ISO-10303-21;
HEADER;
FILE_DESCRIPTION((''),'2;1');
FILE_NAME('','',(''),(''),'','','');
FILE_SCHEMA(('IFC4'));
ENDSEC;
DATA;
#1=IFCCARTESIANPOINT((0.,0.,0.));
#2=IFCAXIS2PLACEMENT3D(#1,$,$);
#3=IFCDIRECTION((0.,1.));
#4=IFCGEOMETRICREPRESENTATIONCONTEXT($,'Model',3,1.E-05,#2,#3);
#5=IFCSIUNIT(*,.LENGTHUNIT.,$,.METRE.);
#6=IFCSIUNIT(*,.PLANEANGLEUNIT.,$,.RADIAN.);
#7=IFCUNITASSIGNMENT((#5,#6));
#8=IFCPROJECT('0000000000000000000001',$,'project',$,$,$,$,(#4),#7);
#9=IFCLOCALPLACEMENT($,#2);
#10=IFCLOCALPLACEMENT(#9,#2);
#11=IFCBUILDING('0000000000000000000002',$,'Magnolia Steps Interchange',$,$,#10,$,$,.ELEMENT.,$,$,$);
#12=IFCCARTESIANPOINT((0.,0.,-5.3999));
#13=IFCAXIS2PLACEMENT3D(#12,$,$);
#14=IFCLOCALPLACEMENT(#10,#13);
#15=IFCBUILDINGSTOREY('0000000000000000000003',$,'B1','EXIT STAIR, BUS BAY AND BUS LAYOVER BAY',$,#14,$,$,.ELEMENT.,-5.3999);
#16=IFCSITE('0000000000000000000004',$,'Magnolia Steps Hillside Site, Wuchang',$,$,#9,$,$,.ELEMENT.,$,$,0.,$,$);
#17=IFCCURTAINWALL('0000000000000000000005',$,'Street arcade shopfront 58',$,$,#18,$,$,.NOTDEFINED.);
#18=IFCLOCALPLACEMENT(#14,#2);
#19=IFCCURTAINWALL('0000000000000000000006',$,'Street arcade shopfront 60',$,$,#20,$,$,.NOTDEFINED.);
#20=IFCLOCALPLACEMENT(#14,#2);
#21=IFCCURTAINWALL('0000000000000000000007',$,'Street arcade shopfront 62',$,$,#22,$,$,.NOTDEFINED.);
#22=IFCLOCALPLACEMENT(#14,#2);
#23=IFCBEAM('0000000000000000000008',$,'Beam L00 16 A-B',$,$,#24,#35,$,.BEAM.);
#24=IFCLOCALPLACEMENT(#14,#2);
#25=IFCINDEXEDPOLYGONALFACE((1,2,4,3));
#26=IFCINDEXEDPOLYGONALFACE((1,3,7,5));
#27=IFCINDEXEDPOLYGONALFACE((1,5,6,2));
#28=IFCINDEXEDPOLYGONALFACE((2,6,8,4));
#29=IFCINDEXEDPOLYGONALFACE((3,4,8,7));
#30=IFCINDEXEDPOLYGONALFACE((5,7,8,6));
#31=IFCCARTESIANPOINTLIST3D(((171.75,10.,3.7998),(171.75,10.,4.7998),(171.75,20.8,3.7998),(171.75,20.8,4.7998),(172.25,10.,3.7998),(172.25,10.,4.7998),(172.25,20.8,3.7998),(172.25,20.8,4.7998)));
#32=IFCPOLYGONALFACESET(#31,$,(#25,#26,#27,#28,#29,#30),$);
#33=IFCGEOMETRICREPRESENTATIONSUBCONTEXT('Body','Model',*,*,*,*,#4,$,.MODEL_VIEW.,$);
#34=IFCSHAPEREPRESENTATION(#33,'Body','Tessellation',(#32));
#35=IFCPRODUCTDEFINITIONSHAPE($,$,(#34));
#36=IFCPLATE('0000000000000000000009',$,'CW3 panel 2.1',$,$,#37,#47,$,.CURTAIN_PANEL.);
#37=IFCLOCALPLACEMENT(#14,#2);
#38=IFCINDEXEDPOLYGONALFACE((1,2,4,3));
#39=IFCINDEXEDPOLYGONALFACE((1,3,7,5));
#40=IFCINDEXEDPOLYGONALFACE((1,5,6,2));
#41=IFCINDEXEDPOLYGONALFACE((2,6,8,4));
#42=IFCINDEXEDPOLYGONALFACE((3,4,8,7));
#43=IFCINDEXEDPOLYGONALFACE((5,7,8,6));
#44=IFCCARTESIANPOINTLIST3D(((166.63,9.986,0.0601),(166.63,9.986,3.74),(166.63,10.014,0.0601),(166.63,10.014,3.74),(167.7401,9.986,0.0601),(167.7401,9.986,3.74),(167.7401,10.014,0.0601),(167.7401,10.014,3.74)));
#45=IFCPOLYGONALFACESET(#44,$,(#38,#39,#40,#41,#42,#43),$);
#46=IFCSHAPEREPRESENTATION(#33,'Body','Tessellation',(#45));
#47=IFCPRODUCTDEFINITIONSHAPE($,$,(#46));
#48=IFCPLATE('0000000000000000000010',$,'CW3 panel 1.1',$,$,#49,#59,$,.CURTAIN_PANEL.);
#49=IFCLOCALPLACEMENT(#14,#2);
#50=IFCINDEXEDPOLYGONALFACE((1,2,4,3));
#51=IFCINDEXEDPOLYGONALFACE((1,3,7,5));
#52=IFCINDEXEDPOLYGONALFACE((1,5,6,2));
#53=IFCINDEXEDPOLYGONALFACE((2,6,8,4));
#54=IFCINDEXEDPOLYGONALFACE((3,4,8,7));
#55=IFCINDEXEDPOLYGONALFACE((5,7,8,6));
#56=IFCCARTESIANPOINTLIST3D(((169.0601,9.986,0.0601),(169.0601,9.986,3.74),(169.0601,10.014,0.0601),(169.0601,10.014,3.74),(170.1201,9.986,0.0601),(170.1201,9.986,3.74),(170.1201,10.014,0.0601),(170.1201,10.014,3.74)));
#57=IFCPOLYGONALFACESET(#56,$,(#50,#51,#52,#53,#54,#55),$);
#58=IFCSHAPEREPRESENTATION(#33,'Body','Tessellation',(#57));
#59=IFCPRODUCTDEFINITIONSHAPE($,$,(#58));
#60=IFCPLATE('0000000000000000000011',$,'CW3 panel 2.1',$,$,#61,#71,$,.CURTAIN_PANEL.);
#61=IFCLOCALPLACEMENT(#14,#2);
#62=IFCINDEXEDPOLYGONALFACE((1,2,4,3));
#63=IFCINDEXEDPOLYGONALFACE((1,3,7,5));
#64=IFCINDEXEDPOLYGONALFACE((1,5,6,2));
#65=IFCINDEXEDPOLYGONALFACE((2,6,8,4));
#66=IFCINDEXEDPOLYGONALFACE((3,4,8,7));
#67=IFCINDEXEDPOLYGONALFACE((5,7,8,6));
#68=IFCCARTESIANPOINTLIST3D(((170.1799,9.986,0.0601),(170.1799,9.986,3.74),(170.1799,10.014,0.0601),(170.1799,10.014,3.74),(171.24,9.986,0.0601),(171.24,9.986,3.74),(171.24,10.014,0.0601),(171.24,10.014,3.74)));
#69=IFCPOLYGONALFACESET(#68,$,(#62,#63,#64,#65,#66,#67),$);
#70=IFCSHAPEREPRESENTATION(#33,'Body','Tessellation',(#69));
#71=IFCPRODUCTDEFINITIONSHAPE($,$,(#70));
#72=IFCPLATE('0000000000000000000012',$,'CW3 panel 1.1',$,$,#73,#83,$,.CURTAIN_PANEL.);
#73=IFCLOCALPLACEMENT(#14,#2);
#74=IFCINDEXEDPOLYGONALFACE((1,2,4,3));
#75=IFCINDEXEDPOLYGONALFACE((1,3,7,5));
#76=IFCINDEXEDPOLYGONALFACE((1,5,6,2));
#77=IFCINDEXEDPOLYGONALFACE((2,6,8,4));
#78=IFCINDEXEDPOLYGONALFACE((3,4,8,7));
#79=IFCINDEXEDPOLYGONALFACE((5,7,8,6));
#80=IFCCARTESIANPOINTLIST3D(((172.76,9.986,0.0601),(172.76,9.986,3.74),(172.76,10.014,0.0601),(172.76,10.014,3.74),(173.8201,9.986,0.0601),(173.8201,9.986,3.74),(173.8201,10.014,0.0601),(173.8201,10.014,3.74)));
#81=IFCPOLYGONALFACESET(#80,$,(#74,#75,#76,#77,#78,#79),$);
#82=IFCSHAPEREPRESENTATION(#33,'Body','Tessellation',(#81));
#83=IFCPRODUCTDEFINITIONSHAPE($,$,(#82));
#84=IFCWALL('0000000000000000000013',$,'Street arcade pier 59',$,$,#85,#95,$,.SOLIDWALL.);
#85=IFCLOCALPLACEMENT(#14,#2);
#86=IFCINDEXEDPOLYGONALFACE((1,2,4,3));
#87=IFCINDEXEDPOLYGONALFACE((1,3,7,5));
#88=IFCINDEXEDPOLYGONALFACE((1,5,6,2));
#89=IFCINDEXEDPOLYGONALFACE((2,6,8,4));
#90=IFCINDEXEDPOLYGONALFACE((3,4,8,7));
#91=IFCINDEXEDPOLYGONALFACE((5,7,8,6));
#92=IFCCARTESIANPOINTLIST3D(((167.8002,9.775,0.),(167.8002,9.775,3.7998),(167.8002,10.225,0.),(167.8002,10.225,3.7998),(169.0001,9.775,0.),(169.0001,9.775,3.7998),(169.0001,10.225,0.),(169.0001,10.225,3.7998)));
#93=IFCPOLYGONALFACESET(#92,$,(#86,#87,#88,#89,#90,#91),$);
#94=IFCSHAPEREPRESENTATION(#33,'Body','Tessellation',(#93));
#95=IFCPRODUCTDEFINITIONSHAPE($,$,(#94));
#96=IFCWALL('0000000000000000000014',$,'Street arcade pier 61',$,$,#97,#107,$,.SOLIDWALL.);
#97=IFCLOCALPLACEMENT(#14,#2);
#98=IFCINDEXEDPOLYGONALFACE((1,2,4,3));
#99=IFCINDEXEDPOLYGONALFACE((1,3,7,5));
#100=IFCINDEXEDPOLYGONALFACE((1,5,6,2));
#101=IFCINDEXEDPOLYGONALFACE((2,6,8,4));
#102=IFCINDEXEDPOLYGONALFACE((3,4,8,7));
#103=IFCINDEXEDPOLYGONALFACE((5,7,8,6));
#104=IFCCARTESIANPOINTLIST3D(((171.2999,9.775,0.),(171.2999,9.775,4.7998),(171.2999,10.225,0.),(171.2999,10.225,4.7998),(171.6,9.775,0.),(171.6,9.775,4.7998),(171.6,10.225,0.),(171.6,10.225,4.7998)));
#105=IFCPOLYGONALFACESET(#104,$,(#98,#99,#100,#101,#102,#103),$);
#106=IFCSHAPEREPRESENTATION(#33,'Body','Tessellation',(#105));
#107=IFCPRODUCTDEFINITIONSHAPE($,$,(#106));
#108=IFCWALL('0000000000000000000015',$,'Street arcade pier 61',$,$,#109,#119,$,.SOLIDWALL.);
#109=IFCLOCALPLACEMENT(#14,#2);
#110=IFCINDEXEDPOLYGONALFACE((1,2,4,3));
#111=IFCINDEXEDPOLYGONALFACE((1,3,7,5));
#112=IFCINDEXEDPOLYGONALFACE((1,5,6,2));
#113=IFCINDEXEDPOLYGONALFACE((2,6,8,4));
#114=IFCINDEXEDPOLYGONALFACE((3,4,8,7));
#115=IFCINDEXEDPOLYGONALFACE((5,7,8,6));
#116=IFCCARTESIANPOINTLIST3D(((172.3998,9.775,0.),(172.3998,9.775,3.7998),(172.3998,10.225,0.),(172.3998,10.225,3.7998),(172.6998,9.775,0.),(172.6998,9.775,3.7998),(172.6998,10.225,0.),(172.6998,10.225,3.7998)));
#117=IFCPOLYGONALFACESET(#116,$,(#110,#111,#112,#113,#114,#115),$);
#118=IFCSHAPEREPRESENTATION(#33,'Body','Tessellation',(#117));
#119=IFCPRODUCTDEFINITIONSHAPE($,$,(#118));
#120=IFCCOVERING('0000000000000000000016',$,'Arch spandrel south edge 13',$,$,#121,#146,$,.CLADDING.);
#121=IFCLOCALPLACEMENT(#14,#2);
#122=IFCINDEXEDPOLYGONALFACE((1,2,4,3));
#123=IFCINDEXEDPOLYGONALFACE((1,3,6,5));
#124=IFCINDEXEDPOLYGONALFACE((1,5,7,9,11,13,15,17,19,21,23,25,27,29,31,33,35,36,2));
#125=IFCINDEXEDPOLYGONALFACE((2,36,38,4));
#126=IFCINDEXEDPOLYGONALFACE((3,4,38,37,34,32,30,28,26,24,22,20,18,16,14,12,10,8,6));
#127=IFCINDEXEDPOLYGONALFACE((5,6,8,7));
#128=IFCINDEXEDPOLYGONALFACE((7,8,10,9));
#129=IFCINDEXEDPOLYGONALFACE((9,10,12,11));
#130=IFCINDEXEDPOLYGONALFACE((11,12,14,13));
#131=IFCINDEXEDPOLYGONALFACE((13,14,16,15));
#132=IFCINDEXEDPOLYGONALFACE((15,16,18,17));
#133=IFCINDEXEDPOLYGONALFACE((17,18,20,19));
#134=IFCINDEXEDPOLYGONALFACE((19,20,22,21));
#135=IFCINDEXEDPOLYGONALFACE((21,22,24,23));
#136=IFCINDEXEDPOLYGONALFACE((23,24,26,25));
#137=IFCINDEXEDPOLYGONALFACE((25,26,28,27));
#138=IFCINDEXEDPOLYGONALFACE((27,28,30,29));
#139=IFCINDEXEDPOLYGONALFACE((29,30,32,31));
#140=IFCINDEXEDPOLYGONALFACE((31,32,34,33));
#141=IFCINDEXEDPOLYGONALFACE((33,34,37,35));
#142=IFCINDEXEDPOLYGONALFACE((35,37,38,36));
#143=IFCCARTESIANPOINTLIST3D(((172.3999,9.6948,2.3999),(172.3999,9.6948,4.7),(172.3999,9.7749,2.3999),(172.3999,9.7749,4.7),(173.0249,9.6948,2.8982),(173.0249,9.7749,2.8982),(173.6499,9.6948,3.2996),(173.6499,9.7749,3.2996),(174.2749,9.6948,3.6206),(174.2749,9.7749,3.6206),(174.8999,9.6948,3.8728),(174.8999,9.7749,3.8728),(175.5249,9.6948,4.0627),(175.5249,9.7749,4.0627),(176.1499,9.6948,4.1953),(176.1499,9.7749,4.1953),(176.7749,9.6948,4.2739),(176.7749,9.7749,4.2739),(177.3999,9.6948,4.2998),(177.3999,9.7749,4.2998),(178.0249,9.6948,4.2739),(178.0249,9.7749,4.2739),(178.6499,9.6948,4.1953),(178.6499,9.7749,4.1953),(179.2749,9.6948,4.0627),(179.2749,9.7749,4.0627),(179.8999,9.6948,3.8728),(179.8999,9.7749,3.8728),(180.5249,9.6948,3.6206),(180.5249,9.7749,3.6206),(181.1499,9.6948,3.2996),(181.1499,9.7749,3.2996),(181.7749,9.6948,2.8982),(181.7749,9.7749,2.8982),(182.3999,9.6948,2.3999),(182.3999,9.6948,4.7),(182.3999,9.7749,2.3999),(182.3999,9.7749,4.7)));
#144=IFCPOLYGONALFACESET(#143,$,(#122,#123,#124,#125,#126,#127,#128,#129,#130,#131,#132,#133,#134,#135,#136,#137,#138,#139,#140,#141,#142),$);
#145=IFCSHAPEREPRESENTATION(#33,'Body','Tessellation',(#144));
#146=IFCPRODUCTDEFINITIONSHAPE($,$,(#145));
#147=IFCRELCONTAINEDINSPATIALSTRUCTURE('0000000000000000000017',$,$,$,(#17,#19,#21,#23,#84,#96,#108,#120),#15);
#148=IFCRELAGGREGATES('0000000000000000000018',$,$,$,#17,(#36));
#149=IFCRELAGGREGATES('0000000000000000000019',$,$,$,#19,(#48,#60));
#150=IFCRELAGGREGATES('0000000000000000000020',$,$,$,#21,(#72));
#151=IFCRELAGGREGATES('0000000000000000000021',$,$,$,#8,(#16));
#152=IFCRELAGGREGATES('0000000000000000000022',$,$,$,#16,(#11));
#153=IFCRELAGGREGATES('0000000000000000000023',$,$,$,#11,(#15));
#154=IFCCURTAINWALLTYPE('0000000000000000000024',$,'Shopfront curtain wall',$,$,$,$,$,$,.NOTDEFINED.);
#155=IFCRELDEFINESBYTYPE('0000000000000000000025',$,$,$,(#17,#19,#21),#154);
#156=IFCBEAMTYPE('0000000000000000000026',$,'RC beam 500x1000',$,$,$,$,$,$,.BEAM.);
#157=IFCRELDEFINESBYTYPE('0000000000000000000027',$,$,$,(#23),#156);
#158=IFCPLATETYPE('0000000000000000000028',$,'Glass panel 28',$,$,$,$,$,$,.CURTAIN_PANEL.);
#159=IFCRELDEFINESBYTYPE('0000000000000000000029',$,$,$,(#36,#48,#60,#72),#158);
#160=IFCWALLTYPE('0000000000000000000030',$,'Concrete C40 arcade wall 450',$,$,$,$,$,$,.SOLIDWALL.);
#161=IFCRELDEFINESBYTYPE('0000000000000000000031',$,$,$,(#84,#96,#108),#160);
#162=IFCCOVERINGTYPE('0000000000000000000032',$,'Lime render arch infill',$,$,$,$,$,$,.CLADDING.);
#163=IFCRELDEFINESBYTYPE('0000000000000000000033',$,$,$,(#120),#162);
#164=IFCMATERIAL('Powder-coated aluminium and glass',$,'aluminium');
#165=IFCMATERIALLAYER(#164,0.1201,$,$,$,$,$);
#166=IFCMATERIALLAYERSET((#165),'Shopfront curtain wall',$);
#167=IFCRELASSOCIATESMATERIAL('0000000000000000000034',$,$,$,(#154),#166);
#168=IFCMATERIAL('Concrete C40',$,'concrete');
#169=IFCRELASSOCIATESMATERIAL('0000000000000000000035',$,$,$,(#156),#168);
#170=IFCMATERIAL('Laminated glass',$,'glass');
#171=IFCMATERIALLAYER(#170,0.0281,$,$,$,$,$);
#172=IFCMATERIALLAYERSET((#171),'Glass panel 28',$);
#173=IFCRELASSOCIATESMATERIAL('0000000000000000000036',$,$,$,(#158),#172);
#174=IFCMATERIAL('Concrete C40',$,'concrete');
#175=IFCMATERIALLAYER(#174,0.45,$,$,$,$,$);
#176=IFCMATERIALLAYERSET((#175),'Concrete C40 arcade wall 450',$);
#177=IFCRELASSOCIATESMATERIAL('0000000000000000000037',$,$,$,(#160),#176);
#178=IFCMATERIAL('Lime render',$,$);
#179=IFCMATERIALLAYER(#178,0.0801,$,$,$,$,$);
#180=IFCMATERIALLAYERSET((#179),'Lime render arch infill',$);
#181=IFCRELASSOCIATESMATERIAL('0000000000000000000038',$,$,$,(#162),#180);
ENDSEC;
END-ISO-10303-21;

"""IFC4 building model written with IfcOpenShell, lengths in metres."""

from ifc_helpers import new_model, si_unit, direction, frame, frame_2d, origin, origin_2d, place, context, subcontext, project, spatial, polyline, rectangle, outline, extrude, material, layer, layer_set, material_profile, profile_set, type_object, element, aggregate, save


model = new_model("IFC4")

# Units and contexts
model_context = context("Model", 3, precision=1e-05, world=origin(), true_north=direction((0.0, 1.0)))
body_context = subcontext(model_context, "Body", "Model", "MODEL_VIEW")
ifc_project = project(units=[si_unit("LENGTHUNIT", "METRE"), si_unit("PLANEANGLEUNIT", "RADIAN")], contexts=[model_context])

# Site, building, storey
site_placement = place(None, origin())
site = spatial("IfcSite", under=ifc_project, at=site_placement, Name="Magnolia Steps Hillside Site, Wuchang", CompositionType="ELEMENT", RefElevation=0.0)
building_placement = place(site_placement, origin())
building = spatial("IfcBuilding", under=site, at=building_placement, Name="Magnolia Steps Interchange", CompositionType="ELEMENT")
storey_placement = place(building_placement, frame((0.0, 0.0, -5.3999)))
storey = spatial("IfcBuildingStorey", under=building, at=storey_placement, Name="B1", Description="EXIT STAIR, BUS BAY AND BUS LAYOVER BAY", CompositionType="ELEMENT", Elevation=-5.3999)

# Curtain wall
ifc_material_1 = material(Name="Powder-coated aluminium and glass", Category="aluminium")
ifc_layer_1 = layer(ifc_material_1, 0.1201)
ifc_layer_set_1 = layer_set([ifc_layer_1], Name="Shopfront curtain wall")
curtain_wall_type = type_object("IfcCurtainWallType", Name="Shopfront curtain wall", PredefinedType="NOTDEFINED", material=ifc_layer_set_1)
curtain_wall_1_placement = place(storey_placement, origin())
curtain_wall_1 = element("IfcCurtainWall", 1, at=curtain_wall_1_placement, inside=storey, type_object=curtain_wall_type, Name="Street arcade shopfront 58", PredefinedType="NOTDEFINED")

# Curtain wall
curtain_wall_2_placement = place(storey_placement, origin())
curtain_wall_2 = element("IfcCurtainWall", 2, at=curtain_wall_2_placement, inside=storey, type_object=curtain_wall_type, Name="Street arcade shopfront 60", PredefinedType="NOTDEFINED")

# Curtain wall
curtain_wall_3_placement = place(storey_placement, origin())
curtain_wall_3 = element("IfcCurtainWall", 3, at=curtain_wall_3_placement, inside=storey, type_object=curtain_wall_type, Name="Street arcade shopfront 62", PredefinedType="NOTDEFINED")

# Beam
ifc_material_2 = material(Name="Concrete C40", Category="concrete")
ifc_material_profile_1 = material_profile(ifc_material_2, rectangle(XDim=0.5, YDim=1.0, at=origin_2d()), Name="RC500x1000")
ifc_profile_set_1 = profile_set([ifc_material_profile_1], Name="Concrete C40")
beam_type = type_object("IfcBeamType", Name="RC beam 500x1000", PredefinedType="BEAM", material=ifc_profile_set_1)
for number, where, z_axis, x_axis, name in (
    (4, (172.0, 10.0, 4.2998), (0.0, 1.0, 0.0), (-1.0, 0.0, 0.0), "Beam L00 16 A-B"),
):
    element("IfcBeam", number, at=place(storey_placement, frame(where, z_axis=z_axis, x_axis=x_axis)), inside=storey, type_object=beam_type, Name=name, PredefinedType="BEAM", context=body_context, shape_type="SweptSolid", body=[
        extrude(rectangle(XDim=0.5, YDim=1.0, at=origin_2d()), origin(), (0.0, 0.0, 1.0), 10.8),
    ])

# Plates
ifc_material_3 = material(Name="Laminated glass", Category="glass")
ifc_layer_2 = layer(ifc_material_3, 0.0281)
ifc_layer_set_2 = layer_set([ifc_layer_2], Name="Glass panel 28")
plate_type = type_object("IfcPlateType", Name="Glass panel 28", PredefinedType="CURTAIN_PANEL", material=ifc_layer_set_2)
plate_1_placement = place(storey_placement, frame((167.1851, 10.0, 0.0601), z_axis=(0.0, 0.0, 1.0), x_axis=(1.0, 0.0, 0.0)))
plate_1 = element("IfcPlate", 5, at=plate_1_placement, type_object=plate_type, Name="CW3 panel 2.1", PredefinedType="CURTAIN_PANEL", context=body_context, shape_type="SweptSolid", body=[
    extrude(rectangle(XDim=1.1101, YDim=0.0281, at=origin_2d()), origin(), (0.0, 0.0, 1.0), 3.6799),
])
aggregate(curtain_wall_1, [plate_1])
plate_2_placement = place(storey_placement, frame((169.5901, 10.0, 0.0601), z_axis=(0.0, 0.0, 1.0), x_axis=(1.0, 0.0, 0.0)))
plate_2 = element("IfcPlate", 6, at=plate_2_placement, type_object=plate_type, Name="CW3 panel 1.1", PredefinedType="CURTAIN_PANEL", context=body_context, shape_type="SweptSolid", body=[
    extrude(rectangle(XDim=1.0601, YDim=0.0281, at=origin_2d()), origin(), (0.0, 0.0, 1.0), 3.6799),
])
plate_3_placement = place(storey_placement, frame((170.71, 10.0, 0.0601), z_axis=(0.0, 0.0, 1.0), x_axis=(1.0, 0.0, 0.0)))
plate_3 = element("IfcPlate", 7, at=plate_3_placement, type_object=plate_type, Name="CW3 panel 2.1", PredefinedType="CURTAIN_PANEL", context=body_context, shape_type="SweptSolid", body=[
    extrude(rectangle(XDim=1.0601, YDim=0.0281, at=origin_2d()), origin(), (0.0, 0.0, 1.0), 3.6799),
])
aggregate(curtain_wall_2, [plate_2, plate_3])
plate_4_placement = place(storey_placement, frame((173.29, 10.0, 0.0601), z_axis=(0.0, 0.0, 1.0), x_axis=(1.0, 0.0, 0.0)))
plate_4 = element("IfcPlate", 8, at=plate_4_placement, type_object=plate_type, Name="CW3 panel 1.1", PredefinedType="CURTAIN_PANEL", context=body_context, shape_type="SweptSolid", body=[
    extrude(rectangle(XDim=1.0601, YDim=0.0281, at=origin_2d()), origin(), (0.0, 0.0, 1.0), 3.6799),
])
aggregate(curtain_wall_3, [plate_4])

# Walls
ifc_material_4 = material(Name="Concrete C40", Category="concrete")
ifc_layer_3 = layer(ifc_material_4, 0.45)
ifc_layer_set_3 = layer_set([ifc_layer_3], Name="Concrete C40 arcade wall 450")
wall_type = type_object("IfcWallType", Name="Concrete C40 arcade wall 450", PredefinedType="SOLIDWALL", material=ifc_layer_set_3)
wall_1_placement = place(storey_placement, frame((167.8, 10.0, 0.0), z_axis=(0.0, 0.0, 1.0), x_axis=(1.0, 0.0, 0.0)))
element("IfcWall", 9, at=wall_1_placement, inside=storey, type_object=wall_type, Name="Street arcade pier 59", PredefinedType="SOLIDWALL", context=body_context, shape_type="SweptSolid", body=[
    extrude(rectangle(XDim=1.2, YDim=0.45, at=frame_2d((0.6001, 0.0))), origin(), (0.0, 0.0, 1.0), 3.7998),
])
wall_2_placement = place(storey_placement, frame((171.3, 10.0, 0.0), z_axis=(0.0, 0.0, 1.0), x_axis=(1.0, 0.0, 0.0)))
element("IfcWall", 10, at=wall_2_placement, inside=storey, type_object=wall_type, Name="Street arcade pier 61", PredefinedType="SOLIDWALL", context=body_context, shape_type="SweptSolid", body=[
    extrude(rectangle(XDim=0.3, YDim=0.45, at=frame_2d((0.1499, 0.0))), origin(), (0.0, 0.0, 1.0), 4.7998),
])
wall_3_placement = place(storey_placement, frame((172.3999, 10.0, 0.0), z_axis=(0.0, 0.0, 1.0), x_axis=(1.0, 0.0, 0.0)))
element("IfcWall", 11, at=wall_3_placement, inside=storey, type_object=wall_type, Name="Street arcade pier 61", PredefinedType="SOLIDWALL", context=body_context, shape_type="SweptSolid", body=[
    extrude(rectangle(XDim=0.3, YDim=0.45, at=frame_2d((0.1499, 0.0))), origin(), (0.0, 0.0, 1.0), 3.7998),
])

# Covering
ifc_material_5 = material(Name="Lime render")
ifc_layer_4 = layer(ifc_material_5, 0.0801)
ifc_layer_set_4 = layer_set([ifc_layer_4], Name="Lime render arch infill")
covering_type = type_object("IfcCoveringType", Name="Lime render arch infill", PredefinedType="CLADDING", material=ifc_layer_set_4)
covering_placement = place(storey_placement, frame((172.3999, 9.7749, 2.3999), z_axis=(0.0, 1.0, 0.0), x_axis=(0.0, 0.0, 1.0)))
element("IfcCovering", 12, at=covering_placement, inside=storey, type_object=covering_type, Name="Arch spandrel south edge 13", PredefinedType="CLADDING", context=body_context, shape_type="SweptSolid", body=[
    extrude(outline(polyline([(0.0, 0.0), (2.3, 0.0), (2.3, 10.0), (0.0, 10.0), (0.4983, 9.375), (0.8997, 8.75), (1.2207, 8.125), (1.4729, 7.5), (1.6628, 6.875), (1.7954, 6.25), (1.874, 5.625), (1.8999, 5.0), (1.874, 4.375), (1.7954, 3.75), (1.6628, 3.125), (1.4729, 2.5), (1.2207, 1.875), (0.8997, 1.25), (0.4983, 0.625), (0.0, 0.0)])), origin(), (0.0, 0.0, -1.0), 0.0801),
])

save(model, "model.ifc")
